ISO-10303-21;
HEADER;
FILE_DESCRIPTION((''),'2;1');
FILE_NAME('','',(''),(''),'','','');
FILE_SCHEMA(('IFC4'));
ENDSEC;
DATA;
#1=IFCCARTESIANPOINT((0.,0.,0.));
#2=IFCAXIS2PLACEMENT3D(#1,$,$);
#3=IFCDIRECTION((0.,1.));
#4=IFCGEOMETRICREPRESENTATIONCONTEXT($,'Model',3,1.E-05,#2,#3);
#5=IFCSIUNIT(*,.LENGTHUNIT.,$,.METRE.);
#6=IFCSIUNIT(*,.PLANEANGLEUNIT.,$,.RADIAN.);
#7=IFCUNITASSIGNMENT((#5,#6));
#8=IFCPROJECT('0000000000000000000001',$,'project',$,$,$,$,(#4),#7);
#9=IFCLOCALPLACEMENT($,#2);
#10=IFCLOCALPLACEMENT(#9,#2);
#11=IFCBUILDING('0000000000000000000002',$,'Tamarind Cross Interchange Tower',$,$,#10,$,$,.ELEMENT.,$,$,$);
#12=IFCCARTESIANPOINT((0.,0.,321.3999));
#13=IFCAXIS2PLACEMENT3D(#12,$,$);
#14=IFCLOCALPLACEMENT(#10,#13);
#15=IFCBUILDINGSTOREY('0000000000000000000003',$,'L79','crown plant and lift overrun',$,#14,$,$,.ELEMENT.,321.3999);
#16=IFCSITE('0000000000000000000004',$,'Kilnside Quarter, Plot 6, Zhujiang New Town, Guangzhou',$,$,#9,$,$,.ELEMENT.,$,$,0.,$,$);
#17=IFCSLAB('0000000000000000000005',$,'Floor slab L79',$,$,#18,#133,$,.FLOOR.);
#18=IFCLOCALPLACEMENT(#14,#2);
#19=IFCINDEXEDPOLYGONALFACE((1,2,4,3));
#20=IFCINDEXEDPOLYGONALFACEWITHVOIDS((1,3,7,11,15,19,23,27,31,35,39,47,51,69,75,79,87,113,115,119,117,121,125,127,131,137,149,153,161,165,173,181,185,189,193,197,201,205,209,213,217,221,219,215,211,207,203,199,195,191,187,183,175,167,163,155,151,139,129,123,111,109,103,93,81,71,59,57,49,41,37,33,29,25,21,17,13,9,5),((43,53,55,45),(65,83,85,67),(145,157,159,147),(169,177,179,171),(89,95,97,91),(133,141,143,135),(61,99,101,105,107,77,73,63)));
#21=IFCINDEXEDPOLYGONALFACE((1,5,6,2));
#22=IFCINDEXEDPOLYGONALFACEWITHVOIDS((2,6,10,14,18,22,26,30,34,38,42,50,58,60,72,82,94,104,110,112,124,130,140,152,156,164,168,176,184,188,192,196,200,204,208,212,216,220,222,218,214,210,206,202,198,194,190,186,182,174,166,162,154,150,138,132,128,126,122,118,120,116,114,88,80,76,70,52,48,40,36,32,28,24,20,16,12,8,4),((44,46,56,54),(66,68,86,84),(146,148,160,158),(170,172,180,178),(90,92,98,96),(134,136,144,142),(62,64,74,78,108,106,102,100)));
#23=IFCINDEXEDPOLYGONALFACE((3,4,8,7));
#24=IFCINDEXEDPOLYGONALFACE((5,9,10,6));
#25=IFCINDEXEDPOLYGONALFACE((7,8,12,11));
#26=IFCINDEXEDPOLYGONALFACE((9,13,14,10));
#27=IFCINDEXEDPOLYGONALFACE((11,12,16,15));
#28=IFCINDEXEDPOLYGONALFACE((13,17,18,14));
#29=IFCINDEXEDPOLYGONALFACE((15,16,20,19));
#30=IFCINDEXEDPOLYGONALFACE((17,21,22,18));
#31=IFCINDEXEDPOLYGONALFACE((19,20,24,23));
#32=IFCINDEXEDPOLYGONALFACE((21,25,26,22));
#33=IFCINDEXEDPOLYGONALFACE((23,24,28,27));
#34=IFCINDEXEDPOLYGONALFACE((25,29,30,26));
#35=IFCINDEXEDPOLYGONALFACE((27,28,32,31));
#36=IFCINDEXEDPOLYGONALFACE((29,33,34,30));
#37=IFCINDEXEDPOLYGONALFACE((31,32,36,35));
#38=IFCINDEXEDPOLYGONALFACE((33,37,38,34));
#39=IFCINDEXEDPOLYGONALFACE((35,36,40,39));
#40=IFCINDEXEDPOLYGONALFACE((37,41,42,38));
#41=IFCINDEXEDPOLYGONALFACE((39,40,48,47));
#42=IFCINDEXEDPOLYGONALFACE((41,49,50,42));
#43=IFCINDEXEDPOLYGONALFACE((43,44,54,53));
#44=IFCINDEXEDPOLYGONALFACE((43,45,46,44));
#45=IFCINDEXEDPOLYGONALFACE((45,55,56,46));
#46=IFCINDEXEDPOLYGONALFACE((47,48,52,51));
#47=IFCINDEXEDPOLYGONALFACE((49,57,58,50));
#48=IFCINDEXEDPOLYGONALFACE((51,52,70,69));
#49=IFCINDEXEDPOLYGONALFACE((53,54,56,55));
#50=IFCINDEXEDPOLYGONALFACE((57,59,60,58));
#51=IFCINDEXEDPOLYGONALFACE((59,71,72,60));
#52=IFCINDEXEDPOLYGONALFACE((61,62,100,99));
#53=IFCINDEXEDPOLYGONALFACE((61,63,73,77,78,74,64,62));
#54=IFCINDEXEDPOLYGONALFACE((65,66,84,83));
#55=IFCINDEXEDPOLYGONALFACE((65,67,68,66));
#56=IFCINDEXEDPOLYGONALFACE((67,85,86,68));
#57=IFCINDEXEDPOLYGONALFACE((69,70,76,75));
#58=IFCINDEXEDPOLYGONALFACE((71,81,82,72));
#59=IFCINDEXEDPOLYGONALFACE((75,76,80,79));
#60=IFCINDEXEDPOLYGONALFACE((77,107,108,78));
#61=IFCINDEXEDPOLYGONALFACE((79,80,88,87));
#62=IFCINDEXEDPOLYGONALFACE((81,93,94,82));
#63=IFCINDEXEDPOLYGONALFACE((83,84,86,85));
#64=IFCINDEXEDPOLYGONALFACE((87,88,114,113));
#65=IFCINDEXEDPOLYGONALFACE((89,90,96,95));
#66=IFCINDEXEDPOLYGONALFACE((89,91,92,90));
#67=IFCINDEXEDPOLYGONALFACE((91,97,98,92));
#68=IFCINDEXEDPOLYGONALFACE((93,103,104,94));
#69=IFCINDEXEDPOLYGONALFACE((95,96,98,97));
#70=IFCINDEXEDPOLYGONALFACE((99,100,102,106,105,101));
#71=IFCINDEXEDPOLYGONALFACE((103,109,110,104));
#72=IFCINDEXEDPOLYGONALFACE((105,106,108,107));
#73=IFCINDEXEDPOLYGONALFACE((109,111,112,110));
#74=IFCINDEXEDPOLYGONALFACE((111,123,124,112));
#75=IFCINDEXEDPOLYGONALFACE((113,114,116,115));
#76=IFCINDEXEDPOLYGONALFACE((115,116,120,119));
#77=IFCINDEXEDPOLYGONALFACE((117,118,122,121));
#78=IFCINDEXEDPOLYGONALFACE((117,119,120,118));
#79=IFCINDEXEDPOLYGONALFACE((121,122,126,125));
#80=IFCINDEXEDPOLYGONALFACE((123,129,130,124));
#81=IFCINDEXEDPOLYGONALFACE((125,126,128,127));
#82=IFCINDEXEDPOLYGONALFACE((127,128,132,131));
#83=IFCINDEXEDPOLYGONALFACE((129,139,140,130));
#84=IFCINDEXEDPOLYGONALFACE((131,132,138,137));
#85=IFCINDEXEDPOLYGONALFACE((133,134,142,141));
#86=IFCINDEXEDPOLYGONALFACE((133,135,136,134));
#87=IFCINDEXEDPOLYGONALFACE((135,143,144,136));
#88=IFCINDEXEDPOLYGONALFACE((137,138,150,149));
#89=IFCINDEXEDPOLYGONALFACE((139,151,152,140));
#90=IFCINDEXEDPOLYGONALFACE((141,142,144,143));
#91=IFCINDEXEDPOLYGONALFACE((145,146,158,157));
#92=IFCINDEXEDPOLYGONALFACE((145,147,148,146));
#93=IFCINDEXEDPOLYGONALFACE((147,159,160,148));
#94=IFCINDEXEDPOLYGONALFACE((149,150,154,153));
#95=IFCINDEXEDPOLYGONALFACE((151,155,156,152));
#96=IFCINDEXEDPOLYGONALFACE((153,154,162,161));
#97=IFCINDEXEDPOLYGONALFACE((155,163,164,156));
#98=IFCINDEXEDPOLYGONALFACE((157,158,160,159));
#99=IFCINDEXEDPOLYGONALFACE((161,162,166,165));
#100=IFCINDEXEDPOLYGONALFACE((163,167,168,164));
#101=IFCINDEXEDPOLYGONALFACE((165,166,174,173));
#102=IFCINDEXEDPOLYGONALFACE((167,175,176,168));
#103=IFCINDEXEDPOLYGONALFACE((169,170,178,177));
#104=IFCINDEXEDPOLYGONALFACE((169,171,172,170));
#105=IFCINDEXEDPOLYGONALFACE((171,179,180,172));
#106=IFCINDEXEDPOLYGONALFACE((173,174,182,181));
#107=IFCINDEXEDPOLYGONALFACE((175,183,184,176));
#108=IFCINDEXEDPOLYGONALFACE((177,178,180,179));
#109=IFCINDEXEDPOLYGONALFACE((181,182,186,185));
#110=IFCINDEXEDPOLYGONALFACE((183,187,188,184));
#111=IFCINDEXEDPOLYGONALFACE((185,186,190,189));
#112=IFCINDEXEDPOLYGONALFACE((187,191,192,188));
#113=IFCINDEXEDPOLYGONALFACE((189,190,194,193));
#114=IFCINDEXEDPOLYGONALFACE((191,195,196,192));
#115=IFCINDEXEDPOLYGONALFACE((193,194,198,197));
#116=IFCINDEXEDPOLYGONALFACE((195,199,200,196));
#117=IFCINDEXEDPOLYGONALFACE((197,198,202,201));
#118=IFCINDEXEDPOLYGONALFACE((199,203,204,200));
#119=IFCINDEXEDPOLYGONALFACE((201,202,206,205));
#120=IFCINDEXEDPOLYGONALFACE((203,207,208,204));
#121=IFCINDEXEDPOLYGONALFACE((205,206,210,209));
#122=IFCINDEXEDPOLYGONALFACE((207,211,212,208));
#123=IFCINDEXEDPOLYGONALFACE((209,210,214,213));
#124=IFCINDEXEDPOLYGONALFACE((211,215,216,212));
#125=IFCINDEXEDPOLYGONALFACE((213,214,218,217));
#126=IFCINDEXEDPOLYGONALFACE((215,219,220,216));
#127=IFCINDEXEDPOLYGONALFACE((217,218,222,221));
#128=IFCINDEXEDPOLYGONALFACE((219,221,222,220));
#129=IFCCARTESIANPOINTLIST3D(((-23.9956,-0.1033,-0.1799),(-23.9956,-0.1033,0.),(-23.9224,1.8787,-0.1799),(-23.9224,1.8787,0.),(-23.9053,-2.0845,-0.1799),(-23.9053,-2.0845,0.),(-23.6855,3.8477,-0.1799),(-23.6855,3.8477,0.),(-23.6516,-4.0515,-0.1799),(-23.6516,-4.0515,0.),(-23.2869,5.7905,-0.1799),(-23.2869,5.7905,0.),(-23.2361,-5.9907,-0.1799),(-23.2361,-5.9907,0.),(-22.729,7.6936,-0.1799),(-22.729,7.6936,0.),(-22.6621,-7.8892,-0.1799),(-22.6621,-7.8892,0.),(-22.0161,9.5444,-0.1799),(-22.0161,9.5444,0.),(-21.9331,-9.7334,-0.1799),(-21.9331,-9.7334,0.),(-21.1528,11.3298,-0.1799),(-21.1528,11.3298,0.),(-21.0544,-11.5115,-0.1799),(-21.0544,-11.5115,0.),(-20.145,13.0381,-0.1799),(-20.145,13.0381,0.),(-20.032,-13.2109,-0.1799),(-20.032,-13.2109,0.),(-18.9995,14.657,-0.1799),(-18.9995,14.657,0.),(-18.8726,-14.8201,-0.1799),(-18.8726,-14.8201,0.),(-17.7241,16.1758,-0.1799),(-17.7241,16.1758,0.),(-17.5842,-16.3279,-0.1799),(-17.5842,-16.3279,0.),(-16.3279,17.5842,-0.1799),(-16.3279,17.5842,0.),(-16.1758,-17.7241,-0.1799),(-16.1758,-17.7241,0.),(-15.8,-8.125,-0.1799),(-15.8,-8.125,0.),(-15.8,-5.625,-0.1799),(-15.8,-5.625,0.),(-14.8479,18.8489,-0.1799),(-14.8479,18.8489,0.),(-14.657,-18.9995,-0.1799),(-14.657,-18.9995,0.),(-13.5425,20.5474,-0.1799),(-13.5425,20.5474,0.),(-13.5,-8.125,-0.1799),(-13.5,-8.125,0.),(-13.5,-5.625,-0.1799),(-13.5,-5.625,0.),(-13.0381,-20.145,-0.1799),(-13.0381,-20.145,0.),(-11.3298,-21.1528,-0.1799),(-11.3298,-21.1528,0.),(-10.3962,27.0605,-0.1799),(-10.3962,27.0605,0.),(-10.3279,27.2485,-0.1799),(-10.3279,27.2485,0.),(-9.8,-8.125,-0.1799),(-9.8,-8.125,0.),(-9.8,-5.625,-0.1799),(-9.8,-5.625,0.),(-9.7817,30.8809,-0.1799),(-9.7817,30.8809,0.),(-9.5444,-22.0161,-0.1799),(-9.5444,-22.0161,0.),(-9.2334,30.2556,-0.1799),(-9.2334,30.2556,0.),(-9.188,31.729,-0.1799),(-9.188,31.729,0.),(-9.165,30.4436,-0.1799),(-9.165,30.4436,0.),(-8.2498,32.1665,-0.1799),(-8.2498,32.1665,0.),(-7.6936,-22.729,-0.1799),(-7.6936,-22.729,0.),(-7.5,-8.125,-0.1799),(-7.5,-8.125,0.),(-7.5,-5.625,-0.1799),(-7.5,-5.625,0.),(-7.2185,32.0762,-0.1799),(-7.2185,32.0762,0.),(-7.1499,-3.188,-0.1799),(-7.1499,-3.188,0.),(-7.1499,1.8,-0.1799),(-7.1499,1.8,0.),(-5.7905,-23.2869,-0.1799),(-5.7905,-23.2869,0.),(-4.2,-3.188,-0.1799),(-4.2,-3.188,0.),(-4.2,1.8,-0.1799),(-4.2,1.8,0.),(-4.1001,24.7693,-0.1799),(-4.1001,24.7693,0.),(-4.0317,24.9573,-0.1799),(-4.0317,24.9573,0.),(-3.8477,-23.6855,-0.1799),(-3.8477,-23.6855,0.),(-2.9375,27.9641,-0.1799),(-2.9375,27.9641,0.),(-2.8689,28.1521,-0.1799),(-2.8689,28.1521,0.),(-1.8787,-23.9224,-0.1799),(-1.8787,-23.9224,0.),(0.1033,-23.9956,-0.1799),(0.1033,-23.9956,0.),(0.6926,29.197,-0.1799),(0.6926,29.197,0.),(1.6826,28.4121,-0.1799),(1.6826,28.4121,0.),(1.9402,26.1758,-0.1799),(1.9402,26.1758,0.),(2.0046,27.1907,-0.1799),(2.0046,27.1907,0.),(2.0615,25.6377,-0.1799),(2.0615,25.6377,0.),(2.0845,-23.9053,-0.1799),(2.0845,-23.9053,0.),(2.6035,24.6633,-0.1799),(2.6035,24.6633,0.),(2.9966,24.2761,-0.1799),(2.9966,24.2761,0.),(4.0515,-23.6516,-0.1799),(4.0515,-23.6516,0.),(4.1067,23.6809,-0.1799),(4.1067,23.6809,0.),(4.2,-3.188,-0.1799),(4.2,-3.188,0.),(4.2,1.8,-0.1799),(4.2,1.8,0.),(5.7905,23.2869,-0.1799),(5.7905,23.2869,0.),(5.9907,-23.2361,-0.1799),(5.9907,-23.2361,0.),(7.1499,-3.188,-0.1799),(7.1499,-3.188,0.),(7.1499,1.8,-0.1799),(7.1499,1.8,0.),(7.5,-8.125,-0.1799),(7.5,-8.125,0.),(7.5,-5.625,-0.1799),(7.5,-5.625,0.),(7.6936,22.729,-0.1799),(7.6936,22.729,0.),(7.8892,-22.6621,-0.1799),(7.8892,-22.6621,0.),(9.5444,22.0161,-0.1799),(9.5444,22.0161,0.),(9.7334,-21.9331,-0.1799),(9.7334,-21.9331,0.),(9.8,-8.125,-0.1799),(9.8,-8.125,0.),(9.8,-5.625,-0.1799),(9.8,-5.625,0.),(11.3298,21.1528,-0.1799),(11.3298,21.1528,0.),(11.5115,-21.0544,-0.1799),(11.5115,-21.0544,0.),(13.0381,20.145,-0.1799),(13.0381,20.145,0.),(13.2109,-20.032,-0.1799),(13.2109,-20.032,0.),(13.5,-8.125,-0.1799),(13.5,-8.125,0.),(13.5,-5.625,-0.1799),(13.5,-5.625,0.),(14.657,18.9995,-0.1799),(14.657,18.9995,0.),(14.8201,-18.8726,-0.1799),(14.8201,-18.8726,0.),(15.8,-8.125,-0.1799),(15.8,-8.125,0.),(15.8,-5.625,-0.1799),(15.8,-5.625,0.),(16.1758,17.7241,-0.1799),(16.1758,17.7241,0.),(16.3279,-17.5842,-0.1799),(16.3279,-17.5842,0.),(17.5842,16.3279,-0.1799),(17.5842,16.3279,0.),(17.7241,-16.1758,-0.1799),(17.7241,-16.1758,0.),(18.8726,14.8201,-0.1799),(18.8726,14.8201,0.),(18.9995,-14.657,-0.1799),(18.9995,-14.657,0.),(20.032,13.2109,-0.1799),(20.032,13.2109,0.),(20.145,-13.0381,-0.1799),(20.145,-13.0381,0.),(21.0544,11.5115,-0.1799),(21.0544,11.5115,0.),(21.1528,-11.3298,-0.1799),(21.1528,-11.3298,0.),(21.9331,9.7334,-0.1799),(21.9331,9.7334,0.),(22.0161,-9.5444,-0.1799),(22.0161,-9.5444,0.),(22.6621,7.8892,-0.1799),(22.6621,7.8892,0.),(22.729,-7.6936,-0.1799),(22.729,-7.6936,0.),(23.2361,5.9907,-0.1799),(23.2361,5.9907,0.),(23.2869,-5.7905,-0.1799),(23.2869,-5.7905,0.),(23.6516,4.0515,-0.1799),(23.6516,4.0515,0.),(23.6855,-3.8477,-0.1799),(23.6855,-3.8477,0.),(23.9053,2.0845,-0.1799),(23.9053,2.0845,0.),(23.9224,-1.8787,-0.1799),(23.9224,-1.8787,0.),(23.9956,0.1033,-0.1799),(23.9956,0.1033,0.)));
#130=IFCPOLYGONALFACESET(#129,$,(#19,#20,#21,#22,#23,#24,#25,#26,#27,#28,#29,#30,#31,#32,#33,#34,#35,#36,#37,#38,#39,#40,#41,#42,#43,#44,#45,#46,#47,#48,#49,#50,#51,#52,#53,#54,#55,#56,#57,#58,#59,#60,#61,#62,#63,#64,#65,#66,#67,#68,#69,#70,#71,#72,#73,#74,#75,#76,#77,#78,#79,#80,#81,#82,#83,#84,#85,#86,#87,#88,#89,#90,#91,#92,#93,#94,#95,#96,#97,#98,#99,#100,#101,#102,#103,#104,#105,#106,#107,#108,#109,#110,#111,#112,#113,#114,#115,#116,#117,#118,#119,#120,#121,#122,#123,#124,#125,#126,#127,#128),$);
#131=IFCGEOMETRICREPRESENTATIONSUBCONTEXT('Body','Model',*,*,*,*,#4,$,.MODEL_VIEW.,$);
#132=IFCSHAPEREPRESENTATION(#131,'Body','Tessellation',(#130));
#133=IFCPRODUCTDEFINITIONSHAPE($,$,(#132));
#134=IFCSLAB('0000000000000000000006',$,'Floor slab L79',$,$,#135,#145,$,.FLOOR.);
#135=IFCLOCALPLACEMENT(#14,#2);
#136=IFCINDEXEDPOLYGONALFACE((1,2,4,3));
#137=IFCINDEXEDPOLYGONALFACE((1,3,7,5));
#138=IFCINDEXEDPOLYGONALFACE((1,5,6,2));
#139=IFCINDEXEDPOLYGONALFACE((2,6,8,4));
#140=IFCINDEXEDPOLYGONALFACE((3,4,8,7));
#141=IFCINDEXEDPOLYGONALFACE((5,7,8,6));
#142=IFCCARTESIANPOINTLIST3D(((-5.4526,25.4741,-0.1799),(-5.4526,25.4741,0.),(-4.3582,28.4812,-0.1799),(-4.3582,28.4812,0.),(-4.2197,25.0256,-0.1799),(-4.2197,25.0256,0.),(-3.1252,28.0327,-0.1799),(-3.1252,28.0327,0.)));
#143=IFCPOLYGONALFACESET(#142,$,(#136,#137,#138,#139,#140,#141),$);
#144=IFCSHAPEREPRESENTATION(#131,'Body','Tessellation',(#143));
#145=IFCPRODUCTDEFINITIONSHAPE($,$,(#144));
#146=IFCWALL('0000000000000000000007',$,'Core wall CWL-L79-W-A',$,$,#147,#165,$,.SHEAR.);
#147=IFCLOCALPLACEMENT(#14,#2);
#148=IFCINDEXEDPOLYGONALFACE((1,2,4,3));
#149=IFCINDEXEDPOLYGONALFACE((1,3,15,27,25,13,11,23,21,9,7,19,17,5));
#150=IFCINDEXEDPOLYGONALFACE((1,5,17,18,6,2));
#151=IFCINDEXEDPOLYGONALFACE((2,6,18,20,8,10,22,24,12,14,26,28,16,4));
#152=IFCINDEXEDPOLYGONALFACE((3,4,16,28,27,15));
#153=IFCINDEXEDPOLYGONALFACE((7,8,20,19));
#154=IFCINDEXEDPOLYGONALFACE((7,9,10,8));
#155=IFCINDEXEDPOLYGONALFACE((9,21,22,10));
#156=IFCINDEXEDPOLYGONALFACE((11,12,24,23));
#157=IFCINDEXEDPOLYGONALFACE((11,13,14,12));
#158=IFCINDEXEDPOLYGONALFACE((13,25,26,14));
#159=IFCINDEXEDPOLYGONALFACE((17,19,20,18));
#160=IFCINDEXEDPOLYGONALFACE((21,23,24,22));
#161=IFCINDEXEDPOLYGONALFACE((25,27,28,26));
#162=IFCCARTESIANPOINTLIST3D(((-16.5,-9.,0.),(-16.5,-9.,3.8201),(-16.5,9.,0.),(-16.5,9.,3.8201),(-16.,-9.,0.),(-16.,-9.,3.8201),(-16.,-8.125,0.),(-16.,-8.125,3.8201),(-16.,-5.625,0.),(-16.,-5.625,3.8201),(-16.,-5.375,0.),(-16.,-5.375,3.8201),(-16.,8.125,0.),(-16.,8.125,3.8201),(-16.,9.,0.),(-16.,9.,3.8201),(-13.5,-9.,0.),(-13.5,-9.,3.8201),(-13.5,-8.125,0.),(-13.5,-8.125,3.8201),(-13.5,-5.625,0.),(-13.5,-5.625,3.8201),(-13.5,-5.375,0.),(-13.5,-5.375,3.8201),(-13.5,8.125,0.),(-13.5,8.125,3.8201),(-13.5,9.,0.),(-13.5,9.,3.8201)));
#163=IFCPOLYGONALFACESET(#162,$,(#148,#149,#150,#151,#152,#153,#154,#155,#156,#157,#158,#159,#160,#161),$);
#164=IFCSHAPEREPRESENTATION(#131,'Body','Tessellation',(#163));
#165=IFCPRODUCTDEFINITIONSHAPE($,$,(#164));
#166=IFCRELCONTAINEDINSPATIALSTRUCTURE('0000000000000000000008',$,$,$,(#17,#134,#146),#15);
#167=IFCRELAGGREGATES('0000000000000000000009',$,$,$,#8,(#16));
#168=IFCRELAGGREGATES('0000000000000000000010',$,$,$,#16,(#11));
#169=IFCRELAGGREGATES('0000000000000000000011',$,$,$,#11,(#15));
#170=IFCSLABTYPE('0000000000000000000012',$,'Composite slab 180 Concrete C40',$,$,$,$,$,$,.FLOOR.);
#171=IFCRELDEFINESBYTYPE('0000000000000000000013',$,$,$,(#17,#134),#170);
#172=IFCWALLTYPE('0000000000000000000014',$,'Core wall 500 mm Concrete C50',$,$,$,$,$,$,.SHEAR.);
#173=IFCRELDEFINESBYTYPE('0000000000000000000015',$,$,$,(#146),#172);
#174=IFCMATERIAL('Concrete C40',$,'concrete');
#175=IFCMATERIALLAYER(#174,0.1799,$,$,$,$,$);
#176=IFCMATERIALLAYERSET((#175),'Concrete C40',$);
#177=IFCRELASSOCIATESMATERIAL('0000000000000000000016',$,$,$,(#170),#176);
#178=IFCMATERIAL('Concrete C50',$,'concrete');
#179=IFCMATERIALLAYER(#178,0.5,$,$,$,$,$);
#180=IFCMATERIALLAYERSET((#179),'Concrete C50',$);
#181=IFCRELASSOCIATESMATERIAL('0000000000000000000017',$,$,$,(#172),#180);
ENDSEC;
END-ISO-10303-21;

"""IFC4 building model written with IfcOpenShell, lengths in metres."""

from ifc_helpers import new_model, si_unit, direction, frame, origin, place, context, subcontext, project, spatial, polyline, outline, extrude, material, layer, layer_set, type_object, element, save


model = new_model("IFC4")

# Units and contexts
model_context = context("Model", 3, precision=1e-05, world=origin(), true_north=direction((0.0, 1.0)))
body_context = subcontext(model_context, "Body", "Model", "MODEL_VIEW")
ifc_project = project(units=[si_unit("LENGTHUNIT", "METRE"), si_unit("PLANEANGLEUNIT", "RADIAN")], contexts=[model_context])

# Site, building, storey
site_placement = place(None, origin())
site = spatial("IfcSite", under=ifc_project, at=site_placement, Name="Kilnside Quarter, Plot 6, Zhujiang New Town, Guangzhou", CompositionType="ELEMENT", RefElevation=0.0)
building_placement = place(site_placement, origin())
building = spatial("IfcBuilding", under=site, at=building_placement, Name="Tamarind Cross Interchange Tower", CompositionType="ELEMENT")
storey_placement = place(building_placement, frame((0.0, 0.0, 321.3999)))
storey = spatial("IfcBuildingStorey", under=building, at=storey_placement, Name="L79", Description="crown plant and lift overrun", CompositionType="ELEMENT", Elevation=321.3999)

# Slabs
ifc_material_1 = material(Name="Concrete C40", Category="concrete")
ifc_layer_1 = layer(ifc_material_1, 0.1799)
ifc_layer_set_1 = layer_set([ifc_layer_1], Name="Concrete C40")
slab_type = type_object("IfcSlabType", Name="Composite slab 180 Concrete C40", PredefinedType="FLOOR", material=ifc_layer_set_1)
slab_1_placement = place(storey_placement, frame((0.0, 0.0, -0.1799)))
element("IfcSlab", 1, at=slab_1_placement, inside=storey, type_object=slab_type, Name="Floor slab L79", PredefinedType="FLOOR", context=body_context, shape_type="SweptSolid", body=[
    extrude(outline(polyline([(-9.188, 31.729), (-9.7817, 30.8809), (-13.5425, 20.5474), (-14.8479, 18.8489), (-16.3279, 17.5842), (-17.7241, 16.1758), (-18.9995, 14.657), (-20.145, 13.0381), (-21.1528, 11.3298), (-22.0161, 9.5444), (-22.729, 7.6936), (-23.2869, 5.7905), (-23.6855, 3.8477), (-23.9224, 1.8787), (-23.9956, -0.1033), (-23.9053, -2.0845), (-23.6516, -4.0515), (-23.2361, -5.9907), (-22.6621, -7.8892), (-21.9331, -9.7334), (-21.0544, -11.5115), (-20.032, -13.2109), (-18.8726, -14.8201), (-17.5842, -16.3279), (-16.1758, -17.7241), (-14.657, -18.9995), (-13.0381, -20.145), (-11.3298, -21.1528), (-9.5444, -22.0161), (-7.6936, -22.729), (-5.7905, -23.2869), (-3.8477, -23.6855), (-1.8787, -23.9224), (0.1033, -23.9956), (2.0845, -23.9053), (4.0515, -23.6516), (5.9907, -23.2361), (7.8892, -22.6621), (9.7334, -21.9331), (11.5115, -21.0544), (13.2109, -20.032), (14.8201, -18.8726), (16.3279, -17.5842), (17.7241, -16.1758), (18.9995, -14.657), (20.145, -13.0381), (21.1528, -11.3298), (22.0161, -9.5444), (22.729, -7.6936), (23.2869, -5.7905), (23.6855, -3.8477), (23.9224, -1.8787), (23.9956, 0.1033), (23.9053, 2.0845), (23.6516, 4.0515), (23.2361, 5.9907), (22.6621, 7.8892), (21.9331, 9.7334), (21.0544, 11.5115), (20.032, 13.2109), (18.8726, 14.8201), (17.5842, 16.3279), (16.1758, 17.7241), (14.657, 18.9995), (13.0381, 20.145), (11.3298, 21.1528), (9.5444, 22.0161), (7.6936, 22.729), (5.7905, 23.2869), (4.1067, 23.6809), (2.9966, 24.2761), (2.6035, 24.6633), (2.0615, 25.6377), (1.9402, 26.1758), (2.0046, 27.1907), (1.6826, 28.4121), (0.6926, 29.197), (-7.2185, 32.0762), (-8.2498, 32.1665), (-9.188, 31.729)]), holes=[polyline([(-15.8, -5.625), (-13.5, -5.625), (-13.5, -8.125), (-15.8, -8.125), (-15.8, -5.625)]), polyline([(-9.8, -5.625), (-7.5, -5.625), (-7.5, -8.125), (-9.8, -8.125), (-9.8, -5.625)]), polyline([(-4.1001, 24.7693), (-10.3962, 27.0605), (-10.3279, 27.2485), (-9.2334, 30.2556), (-9.165, 30.4436), (-2.8689, 28.1521), (-2.9375, 27.9641), (-4.0317, 24.9573), (-4.1001, 24.7693)]), polyline([(7.5, -8.125), (7.5, -5.625), (9.8, -5.625), (9.8, -8.125), (7.5, -8.125)]), polyline([(13.5, -8.125), (13.5, -5.625), (15.8, -5.625), (15.8, -8.125), (13.5, -8.125)]), polyline([(-7.1499, -3.188), (-7.1499, 1.8), (-4.2, 1.8), (-4.2, -3.188), (-7.1499, -3.188)]), polyline([(4.2, 1.8), (7.1499, 1.8), (7.1499, -3.188), (4.2, -3.188), (4.2, 1.8)])]), origin(), (0.0, 0.0, 1.0), 0.1799),
])
slab_2_placement = place(storey_placement, frame((0.0, 0.0, -0.1799)))
element("IfcSlab", 2, at=slab_2_placement, inside=storey, type_object=slab_type, Name="Floor slab L79", PredefinedType="FLOOR", context=body_context, shape_type="SweptSolid", body=[
    extrude(outline(polyline([(-4.3582, 28.4812), (-5.4526, 25.4741), (-4.2197, 25.0256), (-3.1252, 28.0327), (-4.3582, 28.4812)])), origin(), (0.0, 0.0, 1.0), 0.1799),
])

# Wall
ifc_material_2 = material(Name="Concrete C50", Category="concrete")
ifc_layer_2 = layer(ifc_material_2, 0.5)
ifc_layer_set_2 = layer_set([ifc_layer_2], Name="Concrete C50")
wall_type_1 = type_object("IfcWallType", Name="Core wall 500 mm Concrete C50", PredefinedType="SHEAR", material=ifc_layer_set_2)
wall_1_placement = place(storey_placement, origin())
element("IfcWall", 3, at=wall_1_placement, inside=storey, type_object=wall_type_1, Name="Core wall CWL-L79-W-A", PredefinedType="SHEAR", context=body_context, shape_type="SweptSolid", body=[
    extrude(outline(polyline([(-13.5, -8.125), (-16.0, -8.125), (-16.0, -5.625), (-13.5, -5.625), (-13.5, -5.375), (-16.0, -5.375), (-16.0, 8.125), (-13.5, 8.125), (-13.5, 9.0), (-16.0, 9.0), (-16.5, 9.0), (-16.5, -9.0), (-16.0, -9.0), (-13.5, -9.0), (-13.5, -8.125)])), origin(), (0.0, 0.0, 1.0), 3.8201),
])

save(model, "model.ifc")
